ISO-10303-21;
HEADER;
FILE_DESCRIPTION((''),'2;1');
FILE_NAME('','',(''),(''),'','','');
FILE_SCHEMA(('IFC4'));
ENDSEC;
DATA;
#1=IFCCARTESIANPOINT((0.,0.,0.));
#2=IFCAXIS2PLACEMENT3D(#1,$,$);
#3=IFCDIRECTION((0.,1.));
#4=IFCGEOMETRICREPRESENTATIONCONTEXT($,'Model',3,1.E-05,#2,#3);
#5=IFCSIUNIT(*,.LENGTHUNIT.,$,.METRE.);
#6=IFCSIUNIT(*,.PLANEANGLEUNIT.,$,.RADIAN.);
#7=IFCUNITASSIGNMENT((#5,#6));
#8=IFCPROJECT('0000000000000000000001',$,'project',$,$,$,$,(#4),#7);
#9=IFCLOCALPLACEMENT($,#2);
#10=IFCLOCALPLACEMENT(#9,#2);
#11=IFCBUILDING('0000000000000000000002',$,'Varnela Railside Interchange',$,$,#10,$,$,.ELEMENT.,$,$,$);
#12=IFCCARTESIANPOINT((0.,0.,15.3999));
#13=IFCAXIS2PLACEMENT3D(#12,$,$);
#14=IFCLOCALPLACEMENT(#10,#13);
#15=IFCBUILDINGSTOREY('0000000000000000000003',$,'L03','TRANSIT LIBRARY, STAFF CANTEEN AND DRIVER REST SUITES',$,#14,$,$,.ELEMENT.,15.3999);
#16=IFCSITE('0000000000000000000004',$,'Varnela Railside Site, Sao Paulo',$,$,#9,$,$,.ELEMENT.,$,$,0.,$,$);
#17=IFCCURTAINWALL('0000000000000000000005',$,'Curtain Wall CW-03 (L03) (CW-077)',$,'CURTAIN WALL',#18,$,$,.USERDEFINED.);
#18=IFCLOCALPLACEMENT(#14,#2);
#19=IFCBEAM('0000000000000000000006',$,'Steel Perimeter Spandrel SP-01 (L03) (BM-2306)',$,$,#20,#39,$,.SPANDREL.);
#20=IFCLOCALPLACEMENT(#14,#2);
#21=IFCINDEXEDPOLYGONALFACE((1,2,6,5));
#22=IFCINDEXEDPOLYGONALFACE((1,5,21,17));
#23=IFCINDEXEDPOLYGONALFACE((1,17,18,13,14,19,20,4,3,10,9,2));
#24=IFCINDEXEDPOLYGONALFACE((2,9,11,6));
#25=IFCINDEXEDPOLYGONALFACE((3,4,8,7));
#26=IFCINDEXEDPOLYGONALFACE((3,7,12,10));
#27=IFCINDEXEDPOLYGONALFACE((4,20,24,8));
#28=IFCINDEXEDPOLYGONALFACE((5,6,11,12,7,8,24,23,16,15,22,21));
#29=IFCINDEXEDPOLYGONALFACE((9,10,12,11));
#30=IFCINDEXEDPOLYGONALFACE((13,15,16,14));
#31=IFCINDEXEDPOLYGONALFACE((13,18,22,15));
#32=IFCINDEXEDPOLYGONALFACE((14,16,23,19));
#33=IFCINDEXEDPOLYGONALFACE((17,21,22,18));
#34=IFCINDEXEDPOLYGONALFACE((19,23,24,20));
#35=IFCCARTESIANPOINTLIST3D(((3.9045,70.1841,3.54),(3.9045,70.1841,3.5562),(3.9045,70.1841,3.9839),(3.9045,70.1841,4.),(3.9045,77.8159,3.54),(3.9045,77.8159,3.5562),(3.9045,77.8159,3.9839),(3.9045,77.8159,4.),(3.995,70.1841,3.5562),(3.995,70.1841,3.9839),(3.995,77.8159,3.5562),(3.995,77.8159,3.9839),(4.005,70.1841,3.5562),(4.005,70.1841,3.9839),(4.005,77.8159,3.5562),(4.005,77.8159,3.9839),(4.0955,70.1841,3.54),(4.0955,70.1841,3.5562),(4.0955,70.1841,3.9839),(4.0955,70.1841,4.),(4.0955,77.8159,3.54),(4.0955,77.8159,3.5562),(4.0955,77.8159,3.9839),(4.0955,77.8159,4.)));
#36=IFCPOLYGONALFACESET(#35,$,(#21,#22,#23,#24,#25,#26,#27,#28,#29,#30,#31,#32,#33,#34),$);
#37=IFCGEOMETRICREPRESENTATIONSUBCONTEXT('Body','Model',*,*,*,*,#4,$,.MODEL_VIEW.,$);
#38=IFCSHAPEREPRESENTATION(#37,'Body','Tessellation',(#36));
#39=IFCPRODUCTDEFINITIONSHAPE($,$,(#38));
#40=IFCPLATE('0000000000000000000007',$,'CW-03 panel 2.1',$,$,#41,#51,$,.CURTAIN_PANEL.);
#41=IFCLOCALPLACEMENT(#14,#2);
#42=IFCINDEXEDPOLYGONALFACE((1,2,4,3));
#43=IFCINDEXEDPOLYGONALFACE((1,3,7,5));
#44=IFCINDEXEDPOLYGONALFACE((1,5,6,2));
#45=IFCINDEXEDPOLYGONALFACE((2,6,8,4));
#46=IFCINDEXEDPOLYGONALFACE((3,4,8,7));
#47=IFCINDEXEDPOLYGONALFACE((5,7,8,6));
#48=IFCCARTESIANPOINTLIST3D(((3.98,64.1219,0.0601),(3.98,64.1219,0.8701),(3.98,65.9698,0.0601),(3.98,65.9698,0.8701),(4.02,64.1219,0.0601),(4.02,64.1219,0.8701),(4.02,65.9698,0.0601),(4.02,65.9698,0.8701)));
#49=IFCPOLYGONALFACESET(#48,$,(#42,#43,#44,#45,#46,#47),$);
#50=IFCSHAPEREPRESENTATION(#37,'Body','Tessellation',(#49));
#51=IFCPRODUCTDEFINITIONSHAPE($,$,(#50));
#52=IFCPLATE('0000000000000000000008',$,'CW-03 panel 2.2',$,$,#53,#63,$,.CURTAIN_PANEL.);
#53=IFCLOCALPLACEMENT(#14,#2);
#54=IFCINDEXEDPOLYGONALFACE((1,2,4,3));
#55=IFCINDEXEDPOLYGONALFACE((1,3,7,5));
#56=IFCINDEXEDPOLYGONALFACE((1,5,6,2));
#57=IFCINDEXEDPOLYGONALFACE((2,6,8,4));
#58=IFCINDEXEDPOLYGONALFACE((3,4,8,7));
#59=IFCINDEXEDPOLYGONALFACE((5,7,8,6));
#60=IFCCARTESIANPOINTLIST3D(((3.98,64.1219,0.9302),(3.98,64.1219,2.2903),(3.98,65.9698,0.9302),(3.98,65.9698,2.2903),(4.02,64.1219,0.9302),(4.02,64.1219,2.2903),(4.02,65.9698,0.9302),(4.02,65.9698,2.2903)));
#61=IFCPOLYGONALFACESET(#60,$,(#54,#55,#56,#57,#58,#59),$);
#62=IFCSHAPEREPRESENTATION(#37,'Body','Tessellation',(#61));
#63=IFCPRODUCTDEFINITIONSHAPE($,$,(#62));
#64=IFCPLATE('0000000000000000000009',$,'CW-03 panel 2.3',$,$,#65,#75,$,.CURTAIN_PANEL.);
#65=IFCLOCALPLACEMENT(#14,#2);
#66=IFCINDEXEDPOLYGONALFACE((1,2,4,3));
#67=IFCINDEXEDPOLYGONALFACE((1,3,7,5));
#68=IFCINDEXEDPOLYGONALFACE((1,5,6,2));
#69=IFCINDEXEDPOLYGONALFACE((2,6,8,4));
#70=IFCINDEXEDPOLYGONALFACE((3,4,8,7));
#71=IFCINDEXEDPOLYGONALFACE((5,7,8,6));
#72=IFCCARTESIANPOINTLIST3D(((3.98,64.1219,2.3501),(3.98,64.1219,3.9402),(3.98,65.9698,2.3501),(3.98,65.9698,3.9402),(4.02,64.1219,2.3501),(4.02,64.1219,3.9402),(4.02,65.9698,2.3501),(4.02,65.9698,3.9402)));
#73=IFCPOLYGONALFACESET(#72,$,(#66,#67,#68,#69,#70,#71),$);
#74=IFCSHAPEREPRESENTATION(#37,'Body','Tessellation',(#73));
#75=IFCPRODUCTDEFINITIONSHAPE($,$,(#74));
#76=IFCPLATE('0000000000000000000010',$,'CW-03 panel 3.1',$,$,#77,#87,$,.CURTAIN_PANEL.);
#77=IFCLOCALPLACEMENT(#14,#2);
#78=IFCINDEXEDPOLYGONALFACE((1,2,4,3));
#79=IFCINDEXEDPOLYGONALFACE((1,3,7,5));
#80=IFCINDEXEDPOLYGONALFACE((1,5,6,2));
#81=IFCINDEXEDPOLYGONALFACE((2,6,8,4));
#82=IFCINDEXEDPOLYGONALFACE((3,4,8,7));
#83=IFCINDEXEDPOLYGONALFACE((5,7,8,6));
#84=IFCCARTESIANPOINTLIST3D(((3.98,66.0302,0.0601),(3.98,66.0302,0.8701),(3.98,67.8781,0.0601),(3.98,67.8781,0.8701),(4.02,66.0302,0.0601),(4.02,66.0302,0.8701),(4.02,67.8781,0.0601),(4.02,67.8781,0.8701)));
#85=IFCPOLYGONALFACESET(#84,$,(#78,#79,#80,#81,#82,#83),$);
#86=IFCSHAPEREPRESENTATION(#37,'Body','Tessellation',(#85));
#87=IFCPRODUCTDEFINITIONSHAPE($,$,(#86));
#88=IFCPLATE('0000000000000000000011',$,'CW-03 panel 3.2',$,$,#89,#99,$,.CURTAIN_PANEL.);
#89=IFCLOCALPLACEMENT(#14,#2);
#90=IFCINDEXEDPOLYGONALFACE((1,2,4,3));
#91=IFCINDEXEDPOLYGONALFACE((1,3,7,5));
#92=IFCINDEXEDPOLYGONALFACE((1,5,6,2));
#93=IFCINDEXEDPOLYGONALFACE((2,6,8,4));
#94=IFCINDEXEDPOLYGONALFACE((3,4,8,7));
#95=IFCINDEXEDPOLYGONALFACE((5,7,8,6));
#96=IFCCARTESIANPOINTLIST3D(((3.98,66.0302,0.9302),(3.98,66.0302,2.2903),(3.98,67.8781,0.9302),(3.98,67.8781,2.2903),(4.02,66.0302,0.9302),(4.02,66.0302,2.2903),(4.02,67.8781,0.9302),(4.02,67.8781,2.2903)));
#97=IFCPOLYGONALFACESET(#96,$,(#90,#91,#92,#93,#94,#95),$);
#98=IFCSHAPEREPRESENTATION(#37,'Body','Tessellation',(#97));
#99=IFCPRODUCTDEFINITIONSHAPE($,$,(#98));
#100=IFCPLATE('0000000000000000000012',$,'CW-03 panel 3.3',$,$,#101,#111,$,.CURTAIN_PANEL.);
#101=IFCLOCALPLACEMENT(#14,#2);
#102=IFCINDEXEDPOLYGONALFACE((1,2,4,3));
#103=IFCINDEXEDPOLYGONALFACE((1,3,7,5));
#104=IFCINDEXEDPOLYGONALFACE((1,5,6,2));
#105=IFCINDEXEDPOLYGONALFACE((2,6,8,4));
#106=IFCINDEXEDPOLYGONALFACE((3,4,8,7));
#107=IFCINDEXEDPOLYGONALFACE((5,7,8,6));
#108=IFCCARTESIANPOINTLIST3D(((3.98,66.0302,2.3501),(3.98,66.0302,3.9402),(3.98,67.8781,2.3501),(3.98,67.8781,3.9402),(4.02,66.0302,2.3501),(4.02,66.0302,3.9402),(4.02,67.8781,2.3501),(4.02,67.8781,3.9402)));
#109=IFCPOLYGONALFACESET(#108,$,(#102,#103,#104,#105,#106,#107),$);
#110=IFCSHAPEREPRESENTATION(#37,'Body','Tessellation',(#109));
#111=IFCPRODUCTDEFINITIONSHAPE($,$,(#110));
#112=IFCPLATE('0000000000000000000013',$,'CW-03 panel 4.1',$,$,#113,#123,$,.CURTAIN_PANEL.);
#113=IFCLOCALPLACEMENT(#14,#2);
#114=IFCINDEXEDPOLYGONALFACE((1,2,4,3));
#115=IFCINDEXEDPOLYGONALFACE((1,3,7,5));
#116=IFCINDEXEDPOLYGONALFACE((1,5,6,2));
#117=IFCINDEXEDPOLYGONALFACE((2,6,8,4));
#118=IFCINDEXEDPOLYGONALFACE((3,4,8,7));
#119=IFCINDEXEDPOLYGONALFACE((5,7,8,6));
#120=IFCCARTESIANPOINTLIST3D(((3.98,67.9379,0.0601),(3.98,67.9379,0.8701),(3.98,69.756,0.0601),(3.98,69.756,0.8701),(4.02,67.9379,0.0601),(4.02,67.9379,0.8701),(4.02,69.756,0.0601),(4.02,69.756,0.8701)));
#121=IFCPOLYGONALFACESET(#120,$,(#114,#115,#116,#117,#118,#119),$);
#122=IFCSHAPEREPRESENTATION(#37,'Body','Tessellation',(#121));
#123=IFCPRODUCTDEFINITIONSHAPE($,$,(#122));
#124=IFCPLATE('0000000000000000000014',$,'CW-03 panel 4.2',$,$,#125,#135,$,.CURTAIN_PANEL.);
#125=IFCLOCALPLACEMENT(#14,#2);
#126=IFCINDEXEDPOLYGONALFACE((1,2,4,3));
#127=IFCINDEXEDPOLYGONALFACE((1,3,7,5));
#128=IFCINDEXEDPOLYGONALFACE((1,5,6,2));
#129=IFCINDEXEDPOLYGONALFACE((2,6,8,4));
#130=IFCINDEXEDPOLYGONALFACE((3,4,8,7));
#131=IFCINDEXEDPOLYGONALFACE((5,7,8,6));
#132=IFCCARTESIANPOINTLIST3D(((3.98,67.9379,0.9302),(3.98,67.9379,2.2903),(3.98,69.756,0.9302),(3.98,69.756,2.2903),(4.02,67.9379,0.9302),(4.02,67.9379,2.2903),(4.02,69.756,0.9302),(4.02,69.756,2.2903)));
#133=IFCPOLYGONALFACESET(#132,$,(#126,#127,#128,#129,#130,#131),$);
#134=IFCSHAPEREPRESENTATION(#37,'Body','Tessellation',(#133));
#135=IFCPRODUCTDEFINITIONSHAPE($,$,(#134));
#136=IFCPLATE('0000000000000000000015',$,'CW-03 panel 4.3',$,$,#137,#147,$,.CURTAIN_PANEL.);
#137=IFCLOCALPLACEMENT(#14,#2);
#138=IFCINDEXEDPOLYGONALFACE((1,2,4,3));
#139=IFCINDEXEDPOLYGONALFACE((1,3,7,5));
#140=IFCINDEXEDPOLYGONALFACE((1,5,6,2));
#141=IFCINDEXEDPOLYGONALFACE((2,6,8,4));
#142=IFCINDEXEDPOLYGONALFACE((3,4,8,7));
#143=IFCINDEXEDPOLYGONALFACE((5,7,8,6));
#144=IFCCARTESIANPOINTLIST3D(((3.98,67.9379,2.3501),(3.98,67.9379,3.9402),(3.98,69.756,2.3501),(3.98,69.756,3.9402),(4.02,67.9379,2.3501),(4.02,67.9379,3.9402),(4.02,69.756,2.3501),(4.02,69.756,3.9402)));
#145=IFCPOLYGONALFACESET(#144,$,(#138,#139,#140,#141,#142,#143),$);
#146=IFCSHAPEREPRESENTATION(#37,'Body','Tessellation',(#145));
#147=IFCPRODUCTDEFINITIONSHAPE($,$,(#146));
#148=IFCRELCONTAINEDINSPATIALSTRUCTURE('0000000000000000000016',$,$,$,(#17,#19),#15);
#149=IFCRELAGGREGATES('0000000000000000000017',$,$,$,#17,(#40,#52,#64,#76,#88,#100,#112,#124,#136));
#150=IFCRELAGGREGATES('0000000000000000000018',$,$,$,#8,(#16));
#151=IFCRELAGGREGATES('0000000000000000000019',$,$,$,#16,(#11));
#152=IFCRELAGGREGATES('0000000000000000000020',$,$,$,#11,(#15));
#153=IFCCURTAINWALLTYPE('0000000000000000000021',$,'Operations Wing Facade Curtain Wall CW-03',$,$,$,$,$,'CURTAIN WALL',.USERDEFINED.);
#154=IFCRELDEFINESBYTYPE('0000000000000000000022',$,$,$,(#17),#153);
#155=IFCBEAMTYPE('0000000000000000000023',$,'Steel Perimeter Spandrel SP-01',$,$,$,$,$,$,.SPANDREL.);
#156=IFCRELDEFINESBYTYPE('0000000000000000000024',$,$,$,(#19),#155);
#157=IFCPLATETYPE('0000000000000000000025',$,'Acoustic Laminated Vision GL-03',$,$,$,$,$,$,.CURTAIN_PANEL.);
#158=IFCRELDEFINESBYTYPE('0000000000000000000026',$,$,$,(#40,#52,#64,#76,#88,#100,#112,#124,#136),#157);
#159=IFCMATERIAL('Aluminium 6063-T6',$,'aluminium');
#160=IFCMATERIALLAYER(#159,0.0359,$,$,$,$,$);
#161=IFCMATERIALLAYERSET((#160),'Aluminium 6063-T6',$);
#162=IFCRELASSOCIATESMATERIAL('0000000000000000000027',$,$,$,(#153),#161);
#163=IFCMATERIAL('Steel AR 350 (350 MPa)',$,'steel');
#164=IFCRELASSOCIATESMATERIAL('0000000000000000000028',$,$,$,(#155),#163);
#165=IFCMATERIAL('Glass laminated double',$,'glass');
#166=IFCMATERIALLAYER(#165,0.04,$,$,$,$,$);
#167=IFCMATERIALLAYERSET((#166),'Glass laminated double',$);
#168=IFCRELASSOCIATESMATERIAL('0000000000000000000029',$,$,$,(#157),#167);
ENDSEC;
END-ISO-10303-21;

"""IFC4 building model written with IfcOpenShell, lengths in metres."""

from ifc_helpers import new_model, si_unit, direction, frame, origin, origin_2d, place, context, subcontext, project, spatial, rectangle, i_section, extrude, material, layer, layer_set, material_profile, profile_set, type_object, element, aggregate, save


model = new_model("IFC4")

# Units and contexts
model_context = context("Model", 3, precision=1e-05, world=origin(), true_north=direction((0.0, 1.0)))
body_context = subcontext(model_context, "Body", "Model", "MODEL_VIEW")
ifc_project = project(units=[si_unit("LENGTHUNIT", "METRE"), si_unit("PLANEANGLEUNIT", "RADIAN")], contexts=[model_context])

# Site, building, storey
site_placement = place(None, origin())
site = spatial("IfcSite", under=ifc_project, at=site_placement, Name="Varnela Railside Site, Sao Paulo", CompositionType="ELEMENT", RefElevation=0.0)
building_placement = place(site_placement, origin())
building = spatial("IfcBuilding", under=site, at=building_placement, Name="Varnela Railside Interchange", CompositionType="ELEMENT")
storey_placement = place(building_placement, frame((0.0, 0.0, 15.3999)))
storey = spatial("IfcBuildingStorey", under=building, at=storey_placement, Name="L03", Description="TRANSIT LIBRARY, STAFF CANTEEN AND DRIVER REST SUITES", CompositionType="ELEMENT", Elevation=15.3999)

# Shared definitions
ifc_material_1 = material(Name="Steel AR 350 (350 MPa)", Category="steel")

# Curtain wall
ifc_material_2 = material(Name="Aluminium 6063-T6", Category="aluminium")
ifc_layer_1 = layer(ifc_material_2, 0.0359)
ifc_layer_set_1 = layer_set([ifc_layer_1], Name="Aluminium 6063-T6")
curtain_wall_type = type_object("IfcCurtainWallType", Name="Operations Wing Facade Curtain Wall CW-03", ElementType="CURTAIN WALL", PredefinedType="USERDEFINED", material=ifc_layer_set_1)
curtain_wall_1_placement = place(storey_placement, origin())
curtain_wall_1 = element("IfcCurtainWall", 1, at=curtain_wall_1_placement, inside=storey, type_object=curtain_wall_type, Name="Curtain Wall CW-03 (L03) (CW-077)", ObjectType="CURTAIN WALL", PredefinedType="USERDEFINED")

# Beam
ifc_material_profile_1 = material_profile(ifc_material_1, i_section(OverallWidth=0.1909, OverallDepth=0.46, WebThickness=0.01, FlangeThickness=0.0161, at=origin_2d()), Name="W460x82")
ifc_profile_set_1 = profile_set([ifc_material_profile_1], Name="Steel AR 350 (350 MPa)")
beam_type = type_object("IfcBeamType", Name="Steel Perimeter Spandrel SP-01", PredefinedType="SPANDREL", material=ifc_profile_set_1)
beam_placement = place(storey_placement, frame((4.0, 70.1841, 3.77), z_axis=(0.0, 1.0, 0.0), x_axis=(-1.0, 0.0, 0.0)))
element("IfcBeam", 2, at=beam_placement, inside=storey, type_object=beam_type, Name="Steel Perimeter Spandrel SP-01 (L03) (BM-2306)", PredefinedType="SPANDREL", context=body_context, shape_type="SweptSolid", body=[
    extrude(i_section(OverallWidth=0.1909, OverallDepth=0.46, WebThickness=0.01, FlangeThickness=0.0161, at=origin_2d()), origin(), (0.0, 0.0, 1.0), 7.6318),
])

# Plates
ifc_material_3 = material(Name="Glass laminated double", Category="glass")
ifc_layer_2 = layer(ifc_material_3, 0.04)
ifc_layer_set_2 = layer_set([ifc_layer_2], Name="Glass laminated double")
plate_type = type_object("IfcPlateType", Name="Acoustic Laminated Vision GL-03", PredefinedType="CURTAIN_PANEL", material=ifc_layer_set_2)
plate_1_placement = place(storey_placement, frame((4.0, 65.0459, 0.0601), z_axis=(0.0, 0.0, 1.0), x_axis=(0.0, 1.0, 0.0)))
plate_1 = element("IfcPlate", 3, at=plate_1_placement, type_object=plate_type, Name="CW-03 panel 2.1", PredefinedType="CURTAIN_PANEL", context=body_context, shape_type="SweptSolid", body=[
    extrude(rectangle(XDim=1.8479, YDim=0.04, at=origin_2d()), origin(), (0.0, 0.0, 1.0), 0.8101),
])
plate_2_placement = place(storey_placement, frame((4.0, 65.0459, 0.9302), z_axis=(0.0, 0.0, 1.0), x_axis=(0.0, 1.0, 0.0)))
plate_2 = element("IfcPlate", 4, at=plate_2_placement, type_object=plate_type, Name="CW-03 panel 2.2", PredefinedType="CURTAIN_PANEL", context=body_context, shape_type="SweptSolid", body=[
    extrude(rectangle(XDim=1.8479, YDim=0.04, at=origin_2d()), origin(), (0.0, 0.0, 1.0), 1.3601),
])
plate_3_placement = place(storey_placement, frame((4.0, 65.0459, 2.3501), z_axis=(0.0, 0.0, 1.0), x_axis=(0.0, 1.0, 0.0)))
plate_3 = element("IfcPlate", 5, at=plate_3_placement, type_object=plate_type, Name="CW-03 panel 2.3", PredefinedType="CURTAIN_PANEL", context=body_context, shape_type="SweptSolid", body=[
    extrude(rectangle(XDim=1.8479, YDim=0.04, at=origin_2d()), origin(), (0.0, 0.0, 1.0), 1.5901),
])
plate_4_placement = place(storey_placement, frame((4.0, 66.9541, 0.0601), z_axis=(0.0, 0.0, 1.0), x_axis=(0.0, 1.0, 0.0)))
plate_4 = element("IfcPlate", 6, at=plate_4_placement, type_object=plate_type, Name="CW-03 panel 3.1", PredefinedType="CURTAIN_PANEL", context=body_context, shape_type="SweptSolid", body=[
    extrude(rectangle(XDim=1.8479, YDim=0.04, at=origin_2d()), origin(), (0.0, 0.0, 1.0), 0.8101),
])
plate_5_placement = place(storey_placement, frame((4.0, 66.9541, 0.9302), z_axis=(0.0, 0.0, 1.0), x_axis=(0.0, 1.0, 0.0)))
plate_5 = element("IfcPlate", 7, at=plate_5_placement, type_object=plate_type, Name="CW-03 panel 3.2", PredefinedType="CURTAIN_PANEL", context=body_context, shape_type="SweptSolid", body=[
    extrude(rectangle(XDim=1.8479, YDim=0.04, at=origin_2d()), origin(), (0.0, 0.0, 1.0), 1.3601),
])
plate_6_placement = place(storey_placement, frame((4.0, 66.9541, 2.3501), z_axis=(0.0, 0.0, 1.0), x_axis=(0.0, 1.0, 0.0)))
plate_6 = element("IfcPlate", 8, at=plate_6_placement, type_object=plate_type, Name="CW-03 panel 3.3", PredefinedType="CURTAIN_PANEL", context=body_context, shape_type="SweptSolid", body=[
    extrude(rectangle(XDim=1.8479, YDim=0.04, at=origin_2d()), origin(), (0.0, 0.0, 1.0), 1.5901),
])
plate_7_placement = place(storey_placement, frame((4.0, 68.8469, 0.0601), z_axis=(0.0, 0.0, 1.0), x_axis=(0.0, 1.0, 0.0)))
plate_7 = element("IfcPlate", 9, at=plate_7_placement, type_object=plate_type, Name="CW-03 panel 4.1", PredefinedType="CURTAIN_PANEL", context=body_context, shape_type="SweptSolid", body=[
    extrude(rectangle(XDim=1.8181, YDim=0.04, at=origin_2d()), origin(), (0.0, 0.0, 1.0), 0.8101),
])
plate_8_placement = place(storey_placement, frame((4.0, 68.8469, 0.9302), z_axis=(0.0, 0.0, 1.0), x_axis=(0.0, 1.0, 0.0)))
plate_8 = element("IfcPlate", 10, at=plate_8_placement, type_object=plate_type, Name="CW-03 panel 4.2", PredefinedType="CURTAIN_PANEL", context=body_context, shape_type="SweptSolid", body=[
    extrude(rectangle(XDim=1.8181, YDim=0.04, at=origin_2d()), origin(), (0.0, 0.0, 1.0), 1.3601),
])
plate_9_placement = place(storey_placement, frame((4.0, 68.8469, 2.3501), z_axis=(0.0, 0.0, 1.0), x_axis=(0.0, 1.0, 0.0)))
plate_9 = element("IfcPlate", 11, at=plate_9_placement, type_object=plate_type, Name="CW-03 panel 4.3", PredefinedType="CURTAIN_PANEL", context=body_context, shape_type="SweptSolid", body=[
    extrude(rectangle(XDim=1.8181, YDim=0.04, at=origin_2d()), origin(), (0.0, 0.0, 1.0), 1.5901),
])
aggregate(curtain_wall_1, [plate_1, plate_2, plate_3, plate_4, plate_5, plate_6, plate_7, plate_8, plate_9])

save(model, "model.ifc")
